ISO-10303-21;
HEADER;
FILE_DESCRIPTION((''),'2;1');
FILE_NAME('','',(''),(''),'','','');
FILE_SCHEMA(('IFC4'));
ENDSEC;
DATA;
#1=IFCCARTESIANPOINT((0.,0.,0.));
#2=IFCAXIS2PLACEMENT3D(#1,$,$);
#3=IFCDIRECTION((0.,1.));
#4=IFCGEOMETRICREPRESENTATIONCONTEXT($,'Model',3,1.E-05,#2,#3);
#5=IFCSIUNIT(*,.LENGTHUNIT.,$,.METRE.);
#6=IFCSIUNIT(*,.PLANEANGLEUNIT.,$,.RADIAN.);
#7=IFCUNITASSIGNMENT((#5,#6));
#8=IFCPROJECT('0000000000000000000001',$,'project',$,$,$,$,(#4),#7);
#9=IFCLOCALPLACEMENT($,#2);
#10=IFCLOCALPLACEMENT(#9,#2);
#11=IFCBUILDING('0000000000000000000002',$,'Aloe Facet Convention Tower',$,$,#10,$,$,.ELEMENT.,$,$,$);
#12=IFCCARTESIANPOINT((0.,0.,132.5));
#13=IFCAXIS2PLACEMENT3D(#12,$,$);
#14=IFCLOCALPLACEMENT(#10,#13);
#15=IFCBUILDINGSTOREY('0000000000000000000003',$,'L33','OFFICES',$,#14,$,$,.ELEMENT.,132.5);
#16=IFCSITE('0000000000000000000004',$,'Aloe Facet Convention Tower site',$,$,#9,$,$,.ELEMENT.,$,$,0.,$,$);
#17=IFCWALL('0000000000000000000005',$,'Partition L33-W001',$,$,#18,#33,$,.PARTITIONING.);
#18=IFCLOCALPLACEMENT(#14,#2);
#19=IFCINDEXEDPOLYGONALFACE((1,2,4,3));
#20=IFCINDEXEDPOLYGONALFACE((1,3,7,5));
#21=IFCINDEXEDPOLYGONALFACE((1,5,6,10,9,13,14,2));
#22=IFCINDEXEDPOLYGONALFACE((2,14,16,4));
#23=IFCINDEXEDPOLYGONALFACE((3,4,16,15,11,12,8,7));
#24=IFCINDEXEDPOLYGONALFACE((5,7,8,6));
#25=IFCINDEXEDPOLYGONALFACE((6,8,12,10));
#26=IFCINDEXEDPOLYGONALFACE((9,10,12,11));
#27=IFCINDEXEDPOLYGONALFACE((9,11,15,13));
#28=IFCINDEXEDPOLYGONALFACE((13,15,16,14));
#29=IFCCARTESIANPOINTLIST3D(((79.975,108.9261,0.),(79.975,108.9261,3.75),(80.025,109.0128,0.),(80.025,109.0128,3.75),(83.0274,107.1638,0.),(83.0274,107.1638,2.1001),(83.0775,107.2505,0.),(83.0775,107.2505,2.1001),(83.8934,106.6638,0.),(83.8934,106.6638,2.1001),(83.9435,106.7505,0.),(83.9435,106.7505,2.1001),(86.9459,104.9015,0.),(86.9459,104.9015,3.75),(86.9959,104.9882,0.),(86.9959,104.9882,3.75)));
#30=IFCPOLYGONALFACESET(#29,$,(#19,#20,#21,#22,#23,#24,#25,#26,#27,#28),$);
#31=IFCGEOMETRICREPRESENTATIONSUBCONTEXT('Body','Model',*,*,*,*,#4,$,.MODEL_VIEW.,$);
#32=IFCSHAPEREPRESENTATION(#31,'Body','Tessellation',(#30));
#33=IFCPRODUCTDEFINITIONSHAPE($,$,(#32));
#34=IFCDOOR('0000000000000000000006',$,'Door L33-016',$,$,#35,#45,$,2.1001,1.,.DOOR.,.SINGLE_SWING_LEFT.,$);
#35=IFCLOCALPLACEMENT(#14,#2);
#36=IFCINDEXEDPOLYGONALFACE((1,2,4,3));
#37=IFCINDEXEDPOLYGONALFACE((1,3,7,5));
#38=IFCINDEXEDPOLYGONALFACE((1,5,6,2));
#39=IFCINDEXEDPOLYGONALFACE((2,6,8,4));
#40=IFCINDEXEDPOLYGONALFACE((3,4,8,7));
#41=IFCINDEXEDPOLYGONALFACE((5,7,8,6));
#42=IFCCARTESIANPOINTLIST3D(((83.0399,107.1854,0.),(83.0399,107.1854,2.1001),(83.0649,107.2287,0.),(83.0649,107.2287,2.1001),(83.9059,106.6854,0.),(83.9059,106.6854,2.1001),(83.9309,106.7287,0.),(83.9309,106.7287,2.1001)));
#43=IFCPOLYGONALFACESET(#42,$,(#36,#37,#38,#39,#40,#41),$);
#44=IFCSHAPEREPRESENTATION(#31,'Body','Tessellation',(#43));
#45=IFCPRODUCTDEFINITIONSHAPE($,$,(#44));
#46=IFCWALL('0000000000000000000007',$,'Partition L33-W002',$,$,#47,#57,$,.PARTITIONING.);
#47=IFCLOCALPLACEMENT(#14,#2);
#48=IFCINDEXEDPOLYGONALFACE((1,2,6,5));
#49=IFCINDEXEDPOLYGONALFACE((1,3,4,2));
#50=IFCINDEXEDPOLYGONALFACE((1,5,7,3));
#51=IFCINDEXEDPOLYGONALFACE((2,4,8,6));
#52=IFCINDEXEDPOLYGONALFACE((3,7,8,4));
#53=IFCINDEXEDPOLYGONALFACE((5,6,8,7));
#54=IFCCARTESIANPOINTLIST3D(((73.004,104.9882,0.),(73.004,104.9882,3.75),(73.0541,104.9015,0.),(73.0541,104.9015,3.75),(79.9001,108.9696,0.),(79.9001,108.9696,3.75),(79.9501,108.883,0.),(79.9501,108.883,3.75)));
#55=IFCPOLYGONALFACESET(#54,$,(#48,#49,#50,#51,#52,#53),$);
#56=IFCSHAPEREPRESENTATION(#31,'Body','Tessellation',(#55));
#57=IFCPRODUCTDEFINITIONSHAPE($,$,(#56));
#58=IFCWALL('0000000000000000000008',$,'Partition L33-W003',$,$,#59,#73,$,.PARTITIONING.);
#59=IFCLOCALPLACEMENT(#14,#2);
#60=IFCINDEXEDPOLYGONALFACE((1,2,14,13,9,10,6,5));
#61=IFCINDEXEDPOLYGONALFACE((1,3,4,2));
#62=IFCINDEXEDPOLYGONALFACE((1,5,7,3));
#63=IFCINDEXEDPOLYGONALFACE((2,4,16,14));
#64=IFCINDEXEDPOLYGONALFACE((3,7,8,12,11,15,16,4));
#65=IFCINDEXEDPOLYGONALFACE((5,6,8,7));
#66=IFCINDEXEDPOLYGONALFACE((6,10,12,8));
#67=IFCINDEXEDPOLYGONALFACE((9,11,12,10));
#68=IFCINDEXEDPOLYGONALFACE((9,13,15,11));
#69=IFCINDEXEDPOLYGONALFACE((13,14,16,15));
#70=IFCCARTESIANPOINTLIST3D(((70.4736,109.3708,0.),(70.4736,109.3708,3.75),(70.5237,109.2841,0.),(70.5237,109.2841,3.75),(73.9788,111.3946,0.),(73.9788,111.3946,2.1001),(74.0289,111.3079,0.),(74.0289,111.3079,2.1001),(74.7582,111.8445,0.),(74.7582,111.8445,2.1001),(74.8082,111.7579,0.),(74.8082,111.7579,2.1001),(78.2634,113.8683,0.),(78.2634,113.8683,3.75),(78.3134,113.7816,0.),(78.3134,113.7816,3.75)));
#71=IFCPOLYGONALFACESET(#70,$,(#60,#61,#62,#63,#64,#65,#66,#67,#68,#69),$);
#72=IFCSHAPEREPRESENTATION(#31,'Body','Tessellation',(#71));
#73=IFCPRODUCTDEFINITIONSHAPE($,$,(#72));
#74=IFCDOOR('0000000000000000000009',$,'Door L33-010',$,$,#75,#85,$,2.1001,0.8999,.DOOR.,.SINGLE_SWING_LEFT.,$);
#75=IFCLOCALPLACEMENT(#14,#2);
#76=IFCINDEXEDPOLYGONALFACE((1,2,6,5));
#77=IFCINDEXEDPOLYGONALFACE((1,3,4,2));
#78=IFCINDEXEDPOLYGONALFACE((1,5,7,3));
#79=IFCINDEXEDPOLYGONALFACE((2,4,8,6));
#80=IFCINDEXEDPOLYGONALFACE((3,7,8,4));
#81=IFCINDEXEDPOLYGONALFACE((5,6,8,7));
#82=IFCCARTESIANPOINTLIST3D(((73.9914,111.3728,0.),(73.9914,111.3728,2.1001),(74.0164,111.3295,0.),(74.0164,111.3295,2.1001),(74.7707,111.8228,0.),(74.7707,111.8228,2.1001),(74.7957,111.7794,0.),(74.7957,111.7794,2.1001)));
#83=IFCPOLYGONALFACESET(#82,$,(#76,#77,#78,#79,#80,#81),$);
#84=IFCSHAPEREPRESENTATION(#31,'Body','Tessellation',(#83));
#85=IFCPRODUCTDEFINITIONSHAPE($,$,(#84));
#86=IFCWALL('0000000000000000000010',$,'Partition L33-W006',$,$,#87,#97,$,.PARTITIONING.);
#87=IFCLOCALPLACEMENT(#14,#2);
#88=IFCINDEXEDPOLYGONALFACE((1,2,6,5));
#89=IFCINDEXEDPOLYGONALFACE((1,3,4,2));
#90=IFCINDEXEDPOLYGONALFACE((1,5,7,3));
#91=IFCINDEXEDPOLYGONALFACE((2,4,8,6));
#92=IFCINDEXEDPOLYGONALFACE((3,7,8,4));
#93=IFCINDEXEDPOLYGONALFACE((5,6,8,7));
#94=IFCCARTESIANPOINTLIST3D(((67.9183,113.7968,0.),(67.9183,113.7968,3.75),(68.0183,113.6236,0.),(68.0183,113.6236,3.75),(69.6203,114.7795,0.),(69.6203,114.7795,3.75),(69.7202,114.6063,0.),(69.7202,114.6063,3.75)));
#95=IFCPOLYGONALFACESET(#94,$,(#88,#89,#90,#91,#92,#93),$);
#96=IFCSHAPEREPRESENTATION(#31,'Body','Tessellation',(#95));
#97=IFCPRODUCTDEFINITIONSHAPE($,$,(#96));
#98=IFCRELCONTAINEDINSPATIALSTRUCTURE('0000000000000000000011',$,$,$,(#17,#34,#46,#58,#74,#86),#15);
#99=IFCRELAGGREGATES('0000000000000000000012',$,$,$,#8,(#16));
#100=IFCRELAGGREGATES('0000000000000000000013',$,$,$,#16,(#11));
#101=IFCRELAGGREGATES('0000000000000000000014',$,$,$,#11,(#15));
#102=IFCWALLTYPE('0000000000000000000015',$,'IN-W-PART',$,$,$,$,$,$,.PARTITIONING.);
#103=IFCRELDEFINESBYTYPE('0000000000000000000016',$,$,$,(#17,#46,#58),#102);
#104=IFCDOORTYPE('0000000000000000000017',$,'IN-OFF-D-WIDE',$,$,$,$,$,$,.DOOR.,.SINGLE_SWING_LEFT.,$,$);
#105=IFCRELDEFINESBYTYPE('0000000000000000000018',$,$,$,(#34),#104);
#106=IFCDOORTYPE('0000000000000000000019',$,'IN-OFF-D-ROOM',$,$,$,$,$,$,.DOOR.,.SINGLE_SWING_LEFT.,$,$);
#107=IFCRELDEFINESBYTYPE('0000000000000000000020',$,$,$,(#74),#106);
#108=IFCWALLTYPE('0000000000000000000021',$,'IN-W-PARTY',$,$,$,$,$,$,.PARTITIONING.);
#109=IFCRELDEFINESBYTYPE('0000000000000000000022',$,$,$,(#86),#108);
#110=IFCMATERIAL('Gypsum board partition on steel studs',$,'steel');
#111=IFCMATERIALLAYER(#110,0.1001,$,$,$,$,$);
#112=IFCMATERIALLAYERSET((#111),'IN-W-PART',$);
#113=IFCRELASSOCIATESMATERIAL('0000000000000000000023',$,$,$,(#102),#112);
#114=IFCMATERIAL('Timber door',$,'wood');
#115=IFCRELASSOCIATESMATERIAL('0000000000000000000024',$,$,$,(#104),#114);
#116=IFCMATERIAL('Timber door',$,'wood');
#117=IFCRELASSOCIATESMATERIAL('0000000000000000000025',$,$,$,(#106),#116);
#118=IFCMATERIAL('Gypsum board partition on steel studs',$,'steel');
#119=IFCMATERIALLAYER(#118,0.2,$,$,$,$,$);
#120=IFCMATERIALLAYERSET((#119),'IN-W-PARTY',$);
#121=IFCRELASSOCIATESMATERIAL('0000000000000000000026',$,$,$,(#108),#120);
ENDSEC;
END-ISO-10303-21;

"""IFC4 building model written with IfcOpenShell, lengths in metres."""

from ifc_helpers import new_model, si_unit, direction, frame, frame_2d, origin, place, context, subcontext, project, spatial, rectangle, extrude, material, layer, layer_set, type_object, element, fill, save


model = new_model("IFC4")

# Units and contexts
model_context = context("Model", 3, precision=1e-05, world=origin(), true_north=direction((0.0, 1.0)))
body_context = subcontext(model_context, "Body", "Model", "MODEL_VIEW")
ifc_project = project(units=[si_unit("LENGTHUNIT", "METRE"), si_unit("PLANEANGLEUNIT", "RADIAN")], contexts=[model_context])

# Site, building, storey
site_placement = place(None, origin())
site = spatial("IfcSite", under=ifc_project, at=site_placement, Name="Aloe Facet Convention Tower site", CompositionType="ELEMENT", RefElevation=0.0)
building_placement = place(site_placement, origin())
building = spatial("IfcBuilding", under=site, at=building_placement, Name="Aloe Facet Convention Tower", CompositionType="ELEMENT")
storey_placement = place(building_placement, frame((0.0, 0.0, 132.5)))
storey = spatial("IfcBuildingStorey", under=building, at=storey_placement, Name="L33", Description="OFFICES", CompositionType="ELEMENT", Elevation=132.5)

# Wall, opening, door
ifc_material_1 = material(Name="Gypsum board partition on steel studs", Category="steel")
ifc_layer_1 = layer(ifc_material_1, 0.1001)
ifc_layer_set_1 = layer_set([ifc_layer_1], Name="IN-W-PART")
wall_type_1 = type_object("IfcWallType", Name="IN-W-PART", PredefinedType="PARTITIONING", material=ifc_layer_set_1)
wall_1_placement = place(storey_placement, frame((80.0, 108.9695, 0.0), z_axis=(0.0, 0.0, 1.0), x_axis=(0.866026, -0.499998, 0.0)))
wall_1 = element("IfcWall", 1, at=wall_1_placement, inside=storey, type_object=wall_type_1, Name="Partition L33-W001", PredefinedType="PARTITIONING", context=body_context, shape_type="SweptSolid", body=[
    extrude(rectangle(XDim=8.0493, YDim=0.1001, at=frame_2d((4.0247, 0.0))), origin(), (0.0, 0.0, 1.0), 3.75),
])
opening_1_placement = place(wall_1_placement, frame((3.5247, 0.0, 0.0)))
opening_1 = element("IfcOpeningElement", 2, at=opening_1_placement, cuts=wall_1, PredefinedType="OPENING", context=body_context, shape_type="SweptSolid", body=[
    extrude(rectangle(XDim=1.0, YDim=2.1001, at=frame_2d((0.5, 1.05))), frame((0.0, 0.0601, 0.0), z_axis=(0.0, -1.0, 0.0), x_axis=(1.0, 0.0, 0.0)), (0.0, 0.0, 1.0), 0.1201),
])
ifc_material_2 = material(Name="Timber door", Category="wood")
door_type_1 = type_object("IfcDoorType", Name="IN-OFF-D-WIDE", OperationType="SINGLE_SWING_LEFT", PredefinedType="DOOR", material=ifc_material_2)
door_1_placement = place(opening_1_placement, origin())
door_1 = element("IfcDoor", 3, at=door_1_placement, inside=storey, type_object=door_type_1, Name="Door L33-016", OperationType="SINGLE_SWING_LEFT", OverallHeight=2.1001, OverallWidth=1.0, PredefinedType="DOOR", context=body_context, shape_type="SweptSolid", body=[
    extrude(rectangle(XDim=1.0, YDim=2.1001, at=frame_2d((0.5, 1.05))), frame((0.0, 0.0249, 0.0), z_axis=(0.0, -1.0, 0.0), x_axis=(1.0, 0.0, 0.0)), (0.0, 0.0, 1.0), 0.05),
])
fill(opening_1, door_1)

# Wall
wall_2_placement = place(storey_placement, frame((73.0291, 104.9448, 0.0), z_axis=(0.0, 0.0, 1.0), x_axis=(0.866023, 0.500004, 0.0)))
element("IfcWall", 4, at=wall_2_placement, inside=storey, type_object=wall_type_1, Name="Partition L33-W002", PredefinedType="PARTITIONING", context=body_context, shape_type="SweptSolid", body=[
    extrude(rectangle(XDim=7.9629, YDim=0.1001, at=frame_2d((3.9814, 0.0))), origin(), (0.0, 0.0, 1.0), 3.75),
])

# Wall, opening, door
wall_3_placement = place(storey_placement, frame((70.4985, 109.3274, 0.0), z_axis=(0.0, 0.0, 1.0), x_axis=(0.86602, 0.50001, 0.0)))
wall_3 = element("IfcWall", 5, at=wall_3_placement, inside=storey, type_object=wall_type_1, Name="Partition L33-W003", PredefinedType="PARTITIONING", context=body_context, shape_type="SweptSolid", body=[
    extrude(rectangle(XDim=8.9949, YDim=0.1001, at=frame_2d((4.4976, 0.0))), origin(), (0.0, 0.0, 1.0), 3.75),
])
opening_2_placement = place(wall_3_placement, frame((4.0476, 0.0, 0.0)))
opening_2 = element("IfcOpeningElement", 6, at=opening_2_placement, cuts=wall_3, PredefinedType="OPENING", context=body_context, shape_type="SweptSolid", body=[
    extrude(rectangle(XDim=0.8999, YDim=2.1001, at=frame_2d((0.45, 1.05))), frame((0.0, 0.0601, 0.0), z_axis=(0.0, -1.0, 0.0), x_axis=(1.0, 0.0, 0.0)), (0.0, 0.0, 1.0), 0.1201),
])
ifc_material_3 = material(Name="Timber door", Category="wood")
door_type_2 = type_object("IfcDoorType", Name="IN-OFF-D-ROOM", OperationType="SINGLE_SWING_LEFT", PredefinedType="DOOR", material=ifc_material_3)
door_2_placement = place(opening_2_placement, origin())
door_2 = element("IfcDoor", 7, at=door_2_placement, inside=storey, type_object=door_type_2, Name="Door L33-010", OperationType="SINGLE_SWING_LEFT", OverallHeight=2.1001, OverallWidth=0.8999, PredefinedType="DOOR", context=body_context, shape_type="SweptSolid", body=[
    extrude(rectangle(XDim=0.8999, YDim=2.1001, at=frame_2d((0.45, 1.05))), frame((0.0, 0.0249, 0.0), z_axis=(0.0, -1.0, 0.0), x_axis=(1.0, 0.0, 0.0)), (0.0, 0.0, 1.0), 0.05),
])
fill(opening_2, door_2)

# Wall
ifc_material_4 = material(Name="Gypsum board partition on steel studs", Category="steel")
ifc_layer_2 = layer(ifc_material_4, 0.2)
ifc_layer_set_2 = layer_set([ifc_layer_2], Name="IN-W-PARTY")
wall_type_2 = type_object("IfcWallType", Name="IN-W-PARTY", PredefinedType="PARTITIONING", material=ifc_layer_set_2)
wall_4_placement = place(storey_placement, frame((67.9683, 113.7102, 0.0), z_axis=(0.0, 0.0, 1.0), x_axis=(0.86601, 0.500027, 0.0)))
element("IfcWall", 8, at=wall_4_placement, inside=storey, type_object=wall_type_2, Name="Partition L33-W006", PredefinedType="PARTITIONING", context=body_context, shape_type="SweptSolid", body=[
    extrude(rectangle(XDim=1.9653, YDim=0.2, at=frame_2d((0.9827, 0.0))), origin(), (0.0, 0.0, 1.0), 3.75),
])

save(model, "model.ifc")
